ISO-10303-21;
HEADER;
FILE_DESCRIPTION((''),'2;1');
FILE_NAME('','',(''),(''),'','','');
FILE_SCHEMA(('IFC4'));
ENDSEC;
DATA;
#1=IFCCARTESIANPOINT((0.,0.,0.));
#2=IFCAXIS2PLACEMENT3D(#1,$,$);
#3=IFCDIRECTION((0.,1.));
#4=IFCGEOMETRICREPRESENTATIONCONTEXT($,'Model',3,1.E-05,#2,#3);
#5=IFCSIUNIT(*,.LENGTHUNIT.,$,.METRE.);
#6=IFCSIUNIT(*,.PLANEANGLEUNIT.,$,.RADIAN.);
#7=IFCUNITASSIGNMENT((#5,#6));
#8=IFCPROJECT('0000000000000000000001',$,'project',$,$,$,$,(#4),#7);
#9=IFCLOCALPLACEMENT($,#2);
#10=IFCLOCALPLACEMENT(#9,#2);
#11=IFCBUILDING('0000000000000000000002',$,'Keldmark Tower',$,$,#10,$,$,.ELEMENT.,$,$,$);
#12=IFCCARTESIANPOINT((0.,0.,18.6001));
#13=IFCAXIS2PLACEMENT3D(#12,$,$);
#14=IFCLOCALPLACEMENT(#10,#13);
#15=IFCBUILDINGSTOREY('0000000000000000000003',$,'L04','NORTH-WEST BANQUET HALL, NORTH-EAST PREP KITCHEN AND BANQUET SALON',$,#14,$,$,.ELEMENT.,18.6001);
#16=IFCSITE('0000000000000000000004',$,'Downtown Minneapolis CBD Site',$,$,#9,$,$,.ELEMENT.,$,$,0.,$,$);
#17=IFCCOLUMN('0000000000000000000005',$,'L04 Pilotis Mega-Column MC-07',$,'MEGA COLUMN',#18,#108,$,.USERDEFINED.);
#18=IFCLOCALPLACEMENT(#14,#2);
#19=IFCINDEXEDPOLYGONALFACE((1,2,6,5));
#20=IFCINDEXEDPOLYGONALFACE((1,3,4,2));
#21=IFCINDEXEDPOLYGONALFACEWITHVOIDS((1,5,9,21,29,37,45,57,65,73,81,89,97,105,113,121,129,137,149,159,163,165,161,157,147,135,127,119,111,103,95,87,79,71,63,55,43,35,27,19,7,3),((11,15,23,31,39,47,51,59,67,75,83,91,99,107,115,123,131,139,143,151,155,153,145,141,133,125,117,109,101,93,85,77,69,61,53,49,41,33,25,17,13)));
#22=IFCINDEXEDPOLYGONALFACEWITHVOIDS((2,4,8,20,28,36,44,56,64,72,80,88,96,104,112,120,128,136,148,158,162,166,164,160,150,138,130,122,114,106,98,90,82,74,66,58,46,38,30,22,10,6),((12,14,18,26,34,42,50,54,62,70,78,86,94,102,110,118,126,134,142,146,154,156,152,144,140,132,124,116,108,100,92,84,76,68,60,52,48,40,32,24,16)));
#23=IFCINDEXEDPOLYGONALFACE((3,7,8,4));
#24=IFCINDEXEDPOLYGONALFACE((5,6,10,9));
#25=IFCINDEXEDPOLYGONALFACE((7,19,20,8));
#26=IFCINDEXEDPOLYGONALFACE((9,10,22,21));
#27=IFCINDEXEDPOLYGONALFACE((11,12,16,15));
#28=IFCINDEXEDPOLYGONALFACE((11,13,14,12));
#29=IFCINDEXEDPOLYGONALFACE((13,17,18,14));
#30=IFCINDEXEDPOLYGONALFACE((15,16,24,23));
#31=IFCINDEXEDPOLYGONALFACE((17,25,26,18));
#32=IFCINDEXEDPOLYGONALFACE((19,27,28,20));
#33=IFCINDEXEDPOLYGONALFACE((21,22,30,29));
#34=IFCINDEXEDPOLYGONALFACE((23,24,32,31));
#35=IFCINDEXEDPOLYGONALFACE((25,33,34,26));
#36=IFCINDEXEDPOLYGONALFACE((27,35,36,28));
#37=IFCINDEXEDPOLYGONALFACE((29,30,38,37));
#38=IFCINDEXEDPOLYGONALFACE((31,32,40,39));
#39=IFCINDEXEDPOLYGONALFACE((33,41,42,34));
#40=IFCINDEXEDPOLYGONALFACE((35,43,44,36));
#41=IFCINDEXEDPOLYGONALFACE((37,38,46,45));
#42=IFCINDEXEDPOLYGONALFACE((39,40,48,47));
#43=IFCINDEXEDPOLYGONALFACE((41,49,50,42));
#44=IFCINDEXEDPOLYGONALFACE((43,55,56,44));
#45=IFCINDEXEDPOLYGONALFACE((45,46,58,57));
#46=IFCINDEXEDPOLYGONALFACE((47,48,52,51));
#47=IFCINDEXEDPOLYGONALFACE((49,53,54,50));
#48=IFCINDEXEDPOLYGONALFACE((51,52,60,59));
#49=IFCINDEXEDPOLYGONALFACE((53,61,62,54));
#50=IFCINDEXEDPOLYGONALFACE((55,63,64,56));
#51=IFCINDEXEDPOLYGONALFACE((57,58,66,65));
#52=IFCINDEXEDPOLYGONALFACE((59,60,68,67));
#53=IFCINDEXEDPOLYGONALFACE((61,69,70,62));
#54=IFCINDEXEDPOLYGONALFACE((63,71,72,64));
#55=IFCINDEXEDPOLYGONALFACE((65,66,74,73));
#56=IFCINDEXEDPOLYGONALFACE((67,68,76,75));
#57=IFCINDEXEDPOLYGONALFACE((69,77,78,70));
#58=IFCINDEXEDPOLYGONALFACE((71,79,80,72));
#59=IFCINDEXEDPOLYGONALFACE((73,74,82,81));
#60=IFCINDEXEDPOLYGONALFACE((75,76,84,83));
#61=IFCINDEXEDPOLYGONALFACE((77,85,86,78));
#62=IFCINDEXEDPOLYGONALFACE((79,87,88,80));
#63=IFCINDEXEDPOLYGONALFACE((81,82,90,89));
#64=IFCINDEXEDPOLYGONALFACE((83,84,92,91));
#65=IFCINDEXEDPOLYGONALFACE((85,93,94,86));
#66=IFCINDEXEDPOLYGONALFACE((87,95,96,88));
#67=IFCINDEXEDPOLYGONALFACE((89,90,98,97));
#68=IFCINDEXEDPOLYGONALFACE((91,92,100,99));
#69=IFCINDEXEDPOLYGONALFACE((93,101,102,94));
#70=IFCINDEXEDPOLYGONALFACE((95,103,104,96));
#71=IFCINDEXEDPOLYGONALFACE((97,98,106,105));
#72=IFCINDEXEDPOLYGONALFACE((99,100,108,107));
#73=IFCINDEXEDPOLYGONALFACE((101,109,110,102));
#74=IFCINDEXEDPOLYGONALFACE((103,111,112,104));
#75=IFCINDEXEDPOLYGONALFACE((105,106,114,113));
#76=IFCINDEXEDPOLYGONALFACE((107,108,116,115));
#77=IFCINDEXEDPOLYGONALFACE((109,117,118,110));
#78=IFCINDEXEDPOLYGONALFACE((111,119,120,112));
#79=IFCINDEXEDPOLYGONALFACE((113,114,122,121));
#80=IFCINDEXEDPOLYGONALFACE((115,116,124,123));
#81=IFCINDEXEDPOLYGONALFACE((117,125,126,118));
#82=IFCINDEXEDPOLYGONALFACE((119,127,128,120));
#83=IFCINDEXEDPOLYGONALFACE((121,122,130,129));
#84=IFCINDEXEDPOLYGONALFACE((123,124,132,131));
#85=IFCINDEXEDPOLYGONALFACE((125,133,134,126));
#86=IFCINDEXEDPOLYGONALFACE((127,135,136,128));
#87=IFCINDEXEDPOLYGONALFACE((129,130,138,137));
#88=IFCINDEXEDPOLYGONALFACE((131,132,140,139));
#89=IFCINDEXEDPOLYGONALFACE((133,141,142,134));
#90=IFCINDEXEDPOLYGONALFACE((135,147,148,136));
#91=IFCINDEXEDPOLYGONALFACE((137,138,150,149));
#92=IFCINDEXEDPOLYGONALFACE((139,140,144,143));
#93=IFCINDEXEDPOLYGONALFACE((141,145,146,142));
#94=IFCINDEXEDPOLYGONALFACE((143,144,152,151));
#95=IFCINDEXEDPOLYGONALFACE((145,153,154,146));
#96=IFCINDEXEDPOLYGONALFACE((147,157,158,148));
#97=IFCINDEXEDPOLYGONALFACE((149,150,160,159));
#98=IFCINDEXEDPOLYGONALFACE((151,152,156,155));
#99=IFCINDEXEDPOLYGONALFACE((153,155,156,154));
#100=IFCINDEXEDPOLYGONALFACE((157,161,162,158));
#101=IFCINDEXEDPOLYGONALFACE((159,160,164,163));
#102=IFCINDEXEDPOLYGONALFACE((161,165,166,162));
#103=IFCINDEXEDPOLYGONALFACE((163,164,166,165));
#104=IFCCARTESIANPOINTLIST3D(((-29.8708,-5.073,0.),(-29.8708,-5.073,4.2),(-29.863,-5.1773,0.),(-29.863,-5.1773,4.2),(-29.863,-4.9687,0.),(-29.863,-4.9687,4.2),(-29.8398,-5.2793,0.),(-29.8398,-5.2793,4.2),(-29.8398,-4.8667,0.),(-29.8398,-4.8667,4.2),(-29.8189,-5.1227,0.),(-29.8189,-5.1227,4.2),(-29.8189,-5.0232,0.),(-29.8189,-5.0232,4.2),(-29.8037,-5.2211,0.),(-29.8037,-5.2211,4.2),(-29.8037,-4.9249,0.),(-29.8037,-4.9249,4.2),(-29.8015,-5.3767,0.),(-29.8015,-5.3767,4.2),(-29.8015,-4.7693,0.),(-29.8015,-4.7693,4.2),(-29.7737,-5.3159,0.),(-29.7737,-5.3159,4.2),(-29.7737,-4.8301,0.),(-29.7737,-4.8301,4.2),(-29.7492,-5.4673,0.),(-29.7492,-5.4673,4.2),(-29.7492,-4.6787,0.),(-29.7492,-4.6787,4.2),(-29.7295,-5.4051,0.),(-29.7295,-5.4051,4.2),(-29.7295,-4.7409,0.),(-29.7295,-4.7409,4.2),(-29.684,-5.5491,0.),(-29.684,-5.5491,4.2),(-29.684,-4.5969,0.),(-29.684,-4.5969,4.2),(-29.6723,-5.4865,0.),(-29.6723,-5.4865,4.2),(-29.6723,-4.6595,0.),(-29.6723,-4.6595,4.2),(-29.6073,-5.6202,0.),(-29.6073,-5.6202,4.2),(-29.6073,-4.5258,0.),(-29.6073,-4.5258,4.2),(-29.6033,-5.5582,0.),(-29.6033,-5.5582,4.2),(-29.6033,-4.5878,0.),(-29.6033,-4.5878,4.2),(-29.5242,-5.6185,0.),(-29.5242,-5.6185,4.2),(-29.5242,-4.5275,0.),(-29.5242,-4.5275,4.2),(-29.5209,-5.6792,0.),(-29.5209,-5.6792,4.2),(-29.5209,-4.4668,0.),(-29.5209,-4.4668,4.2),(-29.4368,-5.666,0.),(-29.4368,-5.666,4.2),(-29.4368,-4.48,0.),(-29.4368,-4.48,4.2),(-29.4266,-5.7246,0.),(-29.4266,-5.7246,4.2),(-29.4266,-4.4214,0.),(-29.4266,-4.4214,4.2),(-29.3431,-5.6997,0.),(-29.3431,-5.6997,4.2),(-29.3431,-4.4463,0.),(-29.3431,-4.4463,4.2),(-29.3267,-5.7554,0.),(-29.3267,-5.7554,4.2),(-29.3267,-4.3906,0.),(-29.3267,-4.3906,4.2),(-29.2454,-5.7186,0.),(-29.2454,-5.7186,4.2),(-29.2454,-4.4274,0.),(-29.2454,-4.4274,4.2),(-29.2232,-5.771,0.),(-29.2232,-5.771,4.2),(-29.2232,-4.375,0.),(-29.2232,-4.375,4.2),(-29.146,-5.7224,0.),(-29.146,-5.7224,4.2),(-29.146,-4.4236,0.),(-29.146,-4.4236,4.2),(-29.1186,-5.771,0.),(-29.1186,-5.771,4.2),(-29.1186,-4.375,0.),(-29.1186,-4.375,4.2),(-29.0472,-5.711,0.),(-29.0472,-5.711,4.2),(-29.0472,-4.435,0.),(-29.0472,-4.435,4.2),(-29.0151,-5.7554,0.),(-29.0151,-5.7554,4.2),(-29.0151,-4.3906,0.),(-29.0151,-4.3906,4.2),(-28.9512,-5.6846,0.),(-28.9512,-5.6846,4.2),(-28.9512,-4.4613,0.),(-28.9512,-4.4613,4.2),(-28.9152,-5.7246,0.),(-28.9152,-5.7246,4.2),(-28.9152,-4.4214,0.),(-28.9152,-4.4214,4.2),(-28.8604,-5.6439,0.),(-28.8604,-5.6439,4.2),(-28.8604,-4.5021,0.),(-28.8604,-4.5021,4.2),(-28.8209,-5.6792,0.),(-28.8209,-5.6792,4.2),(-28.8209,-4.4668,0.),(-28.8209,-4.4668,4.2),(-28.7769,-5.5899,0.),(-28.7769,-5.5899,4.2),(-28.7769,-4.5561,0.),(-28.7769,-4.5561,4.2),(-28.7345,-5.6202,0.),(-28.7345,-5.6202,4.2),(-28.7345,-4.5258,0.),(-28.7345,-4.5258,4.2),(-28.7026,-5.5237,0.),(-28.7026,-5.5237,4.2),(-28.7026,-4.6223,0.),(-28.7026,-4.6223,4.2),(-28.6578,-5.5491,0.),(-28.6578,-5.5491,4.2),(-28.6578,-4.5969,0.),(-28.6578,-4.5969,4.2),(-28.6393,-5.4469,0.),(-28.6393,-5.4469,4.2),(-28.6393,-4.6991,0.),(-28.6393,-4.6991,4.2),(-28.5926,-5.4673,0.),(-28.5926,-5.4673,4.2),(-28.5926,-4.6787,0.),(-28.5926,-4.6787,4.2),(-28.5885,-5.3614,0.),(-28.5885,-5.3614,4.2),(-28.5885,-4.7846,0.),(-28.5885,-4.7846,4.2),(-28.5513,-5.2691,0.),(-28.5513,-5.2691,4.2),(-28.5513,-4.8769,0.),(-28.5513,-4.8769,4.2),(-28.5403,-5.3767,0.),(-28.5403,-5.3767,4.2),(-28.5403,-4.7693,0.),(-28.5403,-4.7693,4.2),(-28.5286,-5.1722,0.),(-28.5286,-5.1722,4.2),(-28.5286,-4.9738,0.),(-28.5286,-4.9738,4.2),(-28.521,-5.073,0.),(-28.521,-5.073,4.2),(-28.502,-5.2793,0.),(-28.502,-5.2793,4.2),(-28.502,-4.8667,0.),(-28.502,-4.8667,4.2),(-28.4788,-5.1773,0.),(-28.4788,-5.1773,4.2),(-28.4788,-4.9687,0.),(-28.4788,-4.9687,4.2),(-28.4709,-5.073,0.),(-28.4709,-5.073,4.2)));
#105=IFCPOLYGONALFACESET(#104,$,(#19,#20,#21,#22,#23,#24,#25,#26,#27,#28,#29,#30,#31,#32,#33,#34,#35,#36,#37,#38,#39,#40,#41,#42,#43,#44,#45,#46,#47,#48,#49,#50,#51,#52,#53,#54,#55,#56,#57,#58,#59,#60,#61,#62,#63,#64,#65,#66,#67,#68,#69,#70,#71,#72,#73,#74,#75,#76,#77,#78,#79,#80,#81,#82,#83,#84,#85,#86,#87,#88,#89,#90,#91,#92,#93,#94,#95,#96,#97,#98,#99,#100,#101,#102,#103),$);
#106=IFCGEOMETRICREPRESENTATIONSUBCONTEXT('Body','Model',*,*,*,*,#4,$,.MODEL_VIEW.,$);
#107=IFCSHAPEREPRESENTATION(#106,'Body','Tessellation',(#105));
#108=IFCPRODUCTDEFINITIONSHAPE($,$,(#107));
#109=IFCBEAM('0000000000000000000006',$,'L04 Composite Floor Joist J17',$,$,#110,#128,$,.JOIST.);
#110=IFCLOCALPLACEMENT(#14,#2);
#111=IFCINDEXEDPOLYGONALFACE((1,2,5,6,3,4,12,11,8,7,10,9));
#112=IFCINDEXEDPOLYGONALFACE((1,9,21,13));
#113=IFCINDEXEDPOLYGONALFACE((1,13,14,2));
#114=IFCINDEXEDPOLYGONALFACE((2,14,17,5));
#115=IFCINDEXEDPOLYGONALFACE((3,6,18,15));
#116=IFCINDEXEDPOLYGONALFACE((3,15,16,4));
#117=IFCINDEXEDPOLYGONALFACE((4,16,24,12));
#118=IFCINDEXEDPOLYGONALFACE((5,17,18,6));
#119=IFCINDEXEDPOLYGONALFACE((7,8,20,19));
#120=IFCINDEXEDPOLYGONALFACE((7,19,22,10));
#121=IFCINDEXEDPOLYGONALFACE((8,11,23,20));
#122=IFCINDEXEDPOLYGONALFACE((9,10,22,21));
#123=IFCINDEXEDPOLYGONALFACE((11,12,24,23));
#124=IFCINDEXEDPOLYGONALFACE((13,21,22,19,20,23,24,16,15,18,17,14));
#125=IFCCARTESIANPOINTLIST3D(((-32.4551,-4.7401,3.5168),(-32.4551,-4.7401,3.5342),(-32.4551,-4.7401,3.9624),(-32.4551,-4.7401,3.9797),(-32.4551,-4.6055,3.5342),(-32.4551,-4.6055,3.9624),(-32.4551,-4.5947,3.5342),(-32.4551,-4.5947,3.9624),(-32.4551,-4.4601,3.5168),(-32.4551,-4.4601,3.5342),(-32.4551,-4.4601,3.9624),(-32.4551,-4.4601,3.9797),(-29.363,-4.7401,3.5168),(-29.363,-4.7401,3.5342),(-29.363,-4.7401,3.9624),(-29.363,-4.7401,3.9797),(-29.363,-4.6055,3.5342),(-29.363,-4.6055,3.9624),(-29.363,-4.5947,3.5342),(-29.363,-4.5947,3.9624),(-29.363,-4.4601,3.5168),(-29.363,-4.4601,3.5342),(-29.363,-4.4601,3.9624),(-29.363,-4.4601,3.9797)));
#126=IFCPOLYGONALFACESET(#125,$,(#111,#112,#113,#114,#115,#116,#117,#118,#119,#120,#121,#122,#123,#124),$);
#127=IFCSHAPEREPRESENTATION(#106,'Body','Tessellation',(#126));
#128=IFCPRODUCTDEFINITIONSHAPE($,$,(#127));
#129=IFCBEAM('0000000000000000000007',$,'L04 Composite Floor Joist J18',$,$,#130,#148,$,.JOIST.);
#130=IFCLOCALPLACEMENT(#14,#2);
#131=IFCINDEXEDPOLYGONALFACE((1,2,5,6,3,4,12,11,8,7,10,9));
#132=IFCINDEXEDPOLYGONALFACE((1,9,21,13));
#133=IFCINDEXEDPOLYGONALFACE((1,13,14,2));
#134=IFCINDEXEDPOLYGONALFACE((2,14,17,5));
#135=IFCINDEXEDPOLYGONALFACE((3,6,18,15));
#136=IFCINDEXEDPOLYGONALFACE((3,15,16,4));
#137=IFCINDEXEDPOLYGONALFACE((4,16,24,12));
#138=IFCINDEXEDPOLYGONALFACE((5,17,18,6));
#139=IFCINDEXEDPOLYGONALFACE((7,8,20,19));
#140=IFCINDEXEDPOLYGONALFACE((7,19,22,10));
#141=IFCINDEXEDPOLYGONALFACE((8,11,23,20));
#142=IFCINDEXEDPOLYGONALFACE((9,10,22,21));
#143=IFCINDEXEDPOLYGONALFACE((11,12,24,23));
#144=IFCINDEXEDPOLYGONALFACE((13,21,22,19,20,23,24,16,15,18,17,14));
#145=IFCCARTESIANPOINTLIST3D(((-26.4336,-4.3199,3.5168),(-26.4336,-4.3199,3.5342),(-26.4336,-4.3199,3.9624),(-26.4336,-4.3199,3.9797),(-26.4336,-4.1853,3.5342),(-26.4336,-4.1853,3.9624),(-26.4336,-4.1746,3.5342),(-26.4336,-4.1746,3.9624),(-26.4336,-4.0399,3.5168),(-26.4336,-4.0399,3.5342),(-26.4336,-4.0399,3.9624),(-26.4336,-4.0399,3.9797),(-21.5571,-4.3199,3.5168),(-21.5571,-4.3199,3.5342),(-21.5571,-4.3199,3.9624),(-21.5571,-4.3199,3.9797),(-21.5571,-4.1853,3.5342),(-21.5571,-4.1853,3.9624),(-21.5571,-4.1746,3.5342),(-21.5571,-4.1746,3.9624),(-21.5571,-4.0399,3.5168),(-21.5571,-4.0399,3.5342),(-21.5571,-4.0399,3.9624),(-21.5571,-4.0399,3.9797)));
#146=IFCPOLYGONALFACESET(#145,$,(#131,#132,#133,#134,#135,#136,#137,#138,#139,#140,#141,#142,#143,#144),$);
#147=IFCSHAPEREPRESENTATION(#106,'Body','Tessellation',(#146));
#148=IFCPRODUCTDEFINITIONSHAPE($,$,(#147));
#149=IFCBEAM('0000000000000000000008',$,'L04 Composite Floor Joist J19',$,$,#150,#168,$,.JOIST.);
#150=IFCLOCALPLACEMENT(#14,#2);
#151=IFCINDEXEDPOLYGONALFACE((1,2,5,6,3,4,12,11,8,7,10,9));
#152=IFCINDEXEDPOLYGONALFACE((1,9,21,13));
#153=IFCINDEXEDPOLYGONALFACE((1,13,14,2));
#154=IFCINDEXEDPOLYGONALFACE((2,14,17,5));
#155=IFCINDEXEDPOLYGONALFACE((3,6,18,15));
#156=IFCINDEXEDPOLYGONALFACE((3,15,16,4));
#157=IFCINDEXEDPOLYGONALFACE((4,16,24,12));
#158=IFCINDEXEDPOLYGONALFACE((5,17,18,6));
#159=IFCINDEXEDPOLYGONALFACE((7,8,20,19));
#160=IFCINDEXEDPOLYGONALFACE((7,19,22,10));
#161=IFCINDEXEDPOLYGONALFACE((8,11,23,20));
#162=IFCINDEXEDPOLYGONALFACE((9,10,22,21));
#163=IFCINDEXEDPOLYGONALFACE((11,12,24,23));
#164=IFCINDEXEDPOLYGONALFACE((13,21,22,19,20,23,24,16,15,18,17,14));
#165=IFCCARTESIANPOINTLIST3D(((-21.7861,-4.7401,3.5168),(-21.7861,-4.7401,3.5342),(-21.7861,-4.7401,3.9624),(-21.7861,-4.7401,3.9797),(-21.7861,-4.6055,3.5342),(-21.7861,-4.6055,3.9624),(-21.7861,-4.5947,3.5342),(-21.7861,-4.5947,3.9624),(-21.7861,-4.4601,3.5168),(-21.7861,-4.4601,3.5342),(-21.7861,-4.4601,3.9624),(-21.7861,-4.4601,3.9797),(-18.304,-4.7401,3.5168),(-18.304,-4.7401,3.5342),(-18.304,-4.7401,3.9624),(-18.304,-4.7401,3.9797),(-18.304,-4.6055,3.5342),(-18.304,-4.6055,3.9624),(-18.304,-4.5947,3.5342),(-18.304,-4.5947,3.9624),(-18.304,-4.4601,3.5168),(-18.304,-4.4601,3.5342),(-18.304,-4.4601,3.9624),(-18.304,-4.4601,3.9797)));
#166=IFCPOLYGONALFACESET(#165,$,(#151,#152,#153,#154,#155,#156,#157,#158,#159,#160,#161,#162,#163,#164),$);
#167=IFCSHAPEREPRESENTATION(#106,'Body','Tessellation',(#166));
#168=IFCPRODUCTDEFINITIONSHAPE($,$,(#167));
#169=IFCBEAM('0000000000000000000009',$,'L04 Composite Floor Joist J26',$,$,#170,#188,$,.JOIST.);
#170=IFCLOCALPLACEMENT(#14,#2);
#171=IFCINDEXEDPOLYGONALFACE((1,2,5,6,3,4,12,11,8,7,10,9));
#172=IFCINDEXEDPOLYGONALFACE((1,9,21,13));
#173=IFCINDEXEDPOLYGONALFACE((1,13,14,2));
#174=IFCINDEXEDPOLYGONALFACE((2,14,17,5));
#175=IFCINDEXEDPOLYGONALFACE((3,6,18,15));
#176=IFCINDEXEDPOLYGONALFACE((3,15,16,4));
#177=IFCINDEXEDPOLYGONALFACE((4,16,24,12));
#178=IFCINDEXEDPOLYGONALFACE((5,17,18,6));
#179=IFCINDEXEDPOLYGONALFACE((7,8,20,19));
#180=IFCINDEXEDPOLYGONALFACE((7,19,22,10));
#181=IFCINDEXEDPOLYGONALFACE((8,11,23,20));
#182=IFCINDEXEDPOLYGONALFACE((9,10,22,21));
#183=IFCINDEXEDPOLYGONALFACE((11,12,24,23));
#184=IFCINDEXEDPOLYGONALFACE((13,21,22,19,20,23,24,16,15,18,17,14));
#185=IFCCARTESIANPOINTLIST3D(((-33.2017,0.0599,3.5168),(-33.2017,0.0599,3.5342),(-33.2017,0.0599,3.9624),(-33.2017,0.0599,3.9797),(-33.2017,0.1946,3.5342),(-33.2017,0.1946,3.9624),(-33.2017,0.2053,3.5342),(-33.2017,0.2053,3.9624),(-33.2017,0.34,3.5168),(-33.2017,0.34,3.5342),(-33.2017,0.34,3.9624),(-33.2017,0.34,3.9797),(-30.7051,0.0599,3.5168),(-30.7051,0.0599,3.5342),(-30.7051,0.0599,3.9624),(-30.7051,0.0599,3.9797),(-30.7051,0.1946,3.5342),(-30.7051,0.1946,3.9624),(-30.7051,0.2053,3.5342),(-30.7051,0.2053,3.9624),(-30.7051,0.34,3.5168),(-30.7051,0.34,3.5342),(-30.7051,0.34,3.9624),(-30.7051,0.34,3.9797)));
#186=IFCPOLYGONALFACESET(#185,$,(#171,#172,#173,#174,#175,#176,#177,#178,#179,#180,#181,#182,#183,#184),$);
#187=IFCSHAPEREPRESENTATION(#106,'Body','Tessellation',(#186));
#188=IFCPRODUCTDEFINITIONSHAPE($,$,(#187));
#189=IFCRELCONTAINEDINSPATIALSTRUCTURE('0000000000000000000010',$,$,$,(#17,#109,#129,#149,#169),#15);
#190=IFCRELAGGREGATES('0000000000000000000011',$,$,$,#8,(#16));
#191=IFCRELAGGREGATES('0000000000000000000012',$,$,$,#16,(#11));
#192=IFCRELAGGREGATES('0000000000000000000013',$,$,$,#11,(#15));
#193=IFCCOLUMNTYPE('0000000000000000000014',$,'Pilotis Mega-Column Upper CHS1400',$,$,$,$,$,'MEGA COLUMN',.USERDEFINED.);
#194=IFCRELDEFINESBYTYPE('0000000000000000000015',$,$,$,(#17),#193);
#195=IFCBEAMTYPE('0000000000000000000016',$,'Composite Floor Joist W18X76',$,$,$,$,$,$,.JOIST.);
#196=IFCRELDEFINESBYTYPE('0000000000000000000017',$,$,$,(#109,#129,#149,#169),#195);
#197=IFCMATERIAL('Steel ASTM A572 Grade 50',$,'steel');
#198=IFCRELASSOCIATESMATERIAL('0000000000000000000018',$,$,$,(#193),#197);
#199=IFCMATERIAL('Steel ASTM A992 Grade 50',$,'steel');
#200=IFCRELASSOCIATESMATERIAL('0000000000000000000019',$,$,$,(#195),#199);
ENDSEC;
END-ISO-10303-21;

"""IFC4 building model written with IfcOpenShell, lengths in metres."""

from ifc_helpers import new_model, si_unit, direction, frame, origin, origin_2d, place, context, subcontext, project, spatial, hollow_circle, i_section, extrude, material, material_profile, profile_set, type_object, element, save


model = new_model("IFC4")

# Units and contexts
model_context = context("Model", 3, precision=1e-05, world=origin(), true_north=direction((0.0, 1.0)))
body_context = subcontext(model_context, "Body", "Model", "MODEL_VIEW")
ifc_project = project(units=[si_unit("LENGTHUNIT", "METRE"), si_unit("PLANEANGLEUNIT", "RADIAN")], contexts=[model_context])

# Site, building, storey
site_placement = place(None, origin())
site = spatial("IfcSite", under=ifc_project, at=site_placement, Name="Downtown Minneapolis CBD Site", CompositionType="ELEMENT", RefElevation=0.0)
building_placement = place(site_placement, origin())
building = spatial("IfcBuilding", under=site, at=building_placement, Name="Keldmark Tower", CompositionType="ELEMENT")
storey_placement = place(building_placement, frame((0.0, 0.0, 18.6001)))
storey = spatial("IfcBuildingStorey", under=building, at=storey_placement, Name="L04", Description="NORTH-WEST BANQUET HALL, NORTH-EAST PREP KITCHEN AND BANQUET SALON", CompositionType="ELEMENT", Elevation=18.6001)

# Column
ifc_material_1 = material(Name="Steel ASTM A572 Grade 50", Category="steel")
ifc_material_profile_1 = material_profile(ifc_material_1, hollow_circle(Radius=0.7, WallThickness=0.05, at=origin_2d()), Name="CHS1400X50")
ifc_profile_set_1 = profile_set([ifc_material_profile_1], Name="Steel ASTM A572 Grade 50")
column_type = type_object("IfcColumnType", Name="Pilotis Mega-Column Upper CHS1400", ElementType="MEGA COLUMN", PredefinedType="USERDEFINED", material=ifc_profile_set_1)
column_placement = place(storey_placement, frame((-29.1709, -5.073, 0.0), z_axis=(0.0, 0.0, 1.0), x_axis=(1.0, 0.0, 0.0)))
element("IfcColumn", 1, at=column_placement, inside=storey, type_object=column_type, Name="L04 Pilotis Mega-Column MC-07", ObjectType="MEGA COLUMN", PredefinedType="USERDEFINED", context=body_context, shape_type="SweptSolid", body=[
    extrude(hollow_circle(Radius=0.7, WallThickness=0.05, at=origin_2d()), origin(), (0.0, 0.0, 1.0), 4.2),
])

# Beams
ifc_material_2 = material(Name="Steel ASTM A992 Grade 50", Category="steel")
ifc_material_profile_2 = material_profile(ifc_material_2, i_section(OverallWidth=0.28, OverallDepth=0.4629, WebThickness=0.0107, FlangeThickness=0.0173, at=origin_2d()), Name="W18X76")
ifc_profile_set_2 = profile_set([ifc_material_profile_2], Name="Steel ASTM A992 Grade 50")
beam_type_1 = type_object("IfcBeamType", Name="Composite Floor Joist W18X76", PredefinedType="JOIST", material=ifc_profile_set_2)
beam_1_placement = place(storey_placement, frame((-32.4551, -4.6001, 3.7483), z_axis=(1.0, 0.0, 0.0), x_axis=(0.0, 1.0, 0.0)))
element("IfcBeam", 2, at=beam_1_placement, inside=storey, type_object=beam_type_1, Name="L04 Composite Floor Joist J17", PredefinedType="JOIST", context=body_context, shape_type="SweptSolid", body=[
    extrude(i_section(OverallWidth=0.28, OverallDepth=0.4629, WebThickness=0.0107, FlangeThickness=0.0173, at=origin_2d()), origin(), (0.0, 0.0, 1.0), 3.092),
])
beam_2_placement = place(storey_placement, frame((-26.4336, -4.1799, 3.7483), z_axis=(1.0, 0.0, 0.0), x_axis=(0.0, 1.0, 0.0)))
element("IfcBeam", 3, at=beam_2_placement, inside=storey, type_object=beam_type_1, Name="L04 Composite Floor Joist J18", PredefinedType="JOIST", context=body_context, shape_type="SweptSolid", body=[
    extrude(i_section(OverallWidth=0.28, OverallDepth=0.4629, WebThickness=0.0107, FlangeThickness=0.0173, at=origin_2d()), origin(), (0.0, 0.0, 1.0), 4.8765),
])
beam_3_placement = place(storey_placement, frame((-21.7861, -4.6001, 3.7483), z_axis=(1.0, 0.0, 0.0), x_axis=(0.0, 1.0, 0.0)))
element("IfcBeam", 4, at=beam_3_placement, inside=storey, type_object=beam_type_1, Name="L04 Composite Floor Joist J19", PredefinedType="JOIST", context=body_context, shape_type="SweptSolid", body=[
    extrude(i_section(OverallWidth=0.28, OverallDepth=0.4629, WebThickness=0.0107, FlangeThickness=0.0173, at=origin_2d()), origin(), (0.0, 0.0, 1.0), 3.4822),
])
beam_4_placement = place(storey_placement, frame((-33.2017, 0.2, 3.7483), z_axis=(1.0, 0.0, 0.0), x_axis=(0.0, 1.0, 0.0)))
element("IfcBeam", 5, at=beam_4_placement, inside=storey, type_object=beam_type_1, Name="L04 Composite Floor Joist J26", PredefinedType="JOIST", context=body_context, shape_type="SweptSolid", body=[
    extrude(i_section(OverallWidth=0.28, OverallDepth=0.4629, WebThickness=0.0107, FlangeThickness=0.0173, at=origin_2d()), origin(), (0.0, 0.0, 1.0), 2.4966),
])

save(model, "model.ifc")
